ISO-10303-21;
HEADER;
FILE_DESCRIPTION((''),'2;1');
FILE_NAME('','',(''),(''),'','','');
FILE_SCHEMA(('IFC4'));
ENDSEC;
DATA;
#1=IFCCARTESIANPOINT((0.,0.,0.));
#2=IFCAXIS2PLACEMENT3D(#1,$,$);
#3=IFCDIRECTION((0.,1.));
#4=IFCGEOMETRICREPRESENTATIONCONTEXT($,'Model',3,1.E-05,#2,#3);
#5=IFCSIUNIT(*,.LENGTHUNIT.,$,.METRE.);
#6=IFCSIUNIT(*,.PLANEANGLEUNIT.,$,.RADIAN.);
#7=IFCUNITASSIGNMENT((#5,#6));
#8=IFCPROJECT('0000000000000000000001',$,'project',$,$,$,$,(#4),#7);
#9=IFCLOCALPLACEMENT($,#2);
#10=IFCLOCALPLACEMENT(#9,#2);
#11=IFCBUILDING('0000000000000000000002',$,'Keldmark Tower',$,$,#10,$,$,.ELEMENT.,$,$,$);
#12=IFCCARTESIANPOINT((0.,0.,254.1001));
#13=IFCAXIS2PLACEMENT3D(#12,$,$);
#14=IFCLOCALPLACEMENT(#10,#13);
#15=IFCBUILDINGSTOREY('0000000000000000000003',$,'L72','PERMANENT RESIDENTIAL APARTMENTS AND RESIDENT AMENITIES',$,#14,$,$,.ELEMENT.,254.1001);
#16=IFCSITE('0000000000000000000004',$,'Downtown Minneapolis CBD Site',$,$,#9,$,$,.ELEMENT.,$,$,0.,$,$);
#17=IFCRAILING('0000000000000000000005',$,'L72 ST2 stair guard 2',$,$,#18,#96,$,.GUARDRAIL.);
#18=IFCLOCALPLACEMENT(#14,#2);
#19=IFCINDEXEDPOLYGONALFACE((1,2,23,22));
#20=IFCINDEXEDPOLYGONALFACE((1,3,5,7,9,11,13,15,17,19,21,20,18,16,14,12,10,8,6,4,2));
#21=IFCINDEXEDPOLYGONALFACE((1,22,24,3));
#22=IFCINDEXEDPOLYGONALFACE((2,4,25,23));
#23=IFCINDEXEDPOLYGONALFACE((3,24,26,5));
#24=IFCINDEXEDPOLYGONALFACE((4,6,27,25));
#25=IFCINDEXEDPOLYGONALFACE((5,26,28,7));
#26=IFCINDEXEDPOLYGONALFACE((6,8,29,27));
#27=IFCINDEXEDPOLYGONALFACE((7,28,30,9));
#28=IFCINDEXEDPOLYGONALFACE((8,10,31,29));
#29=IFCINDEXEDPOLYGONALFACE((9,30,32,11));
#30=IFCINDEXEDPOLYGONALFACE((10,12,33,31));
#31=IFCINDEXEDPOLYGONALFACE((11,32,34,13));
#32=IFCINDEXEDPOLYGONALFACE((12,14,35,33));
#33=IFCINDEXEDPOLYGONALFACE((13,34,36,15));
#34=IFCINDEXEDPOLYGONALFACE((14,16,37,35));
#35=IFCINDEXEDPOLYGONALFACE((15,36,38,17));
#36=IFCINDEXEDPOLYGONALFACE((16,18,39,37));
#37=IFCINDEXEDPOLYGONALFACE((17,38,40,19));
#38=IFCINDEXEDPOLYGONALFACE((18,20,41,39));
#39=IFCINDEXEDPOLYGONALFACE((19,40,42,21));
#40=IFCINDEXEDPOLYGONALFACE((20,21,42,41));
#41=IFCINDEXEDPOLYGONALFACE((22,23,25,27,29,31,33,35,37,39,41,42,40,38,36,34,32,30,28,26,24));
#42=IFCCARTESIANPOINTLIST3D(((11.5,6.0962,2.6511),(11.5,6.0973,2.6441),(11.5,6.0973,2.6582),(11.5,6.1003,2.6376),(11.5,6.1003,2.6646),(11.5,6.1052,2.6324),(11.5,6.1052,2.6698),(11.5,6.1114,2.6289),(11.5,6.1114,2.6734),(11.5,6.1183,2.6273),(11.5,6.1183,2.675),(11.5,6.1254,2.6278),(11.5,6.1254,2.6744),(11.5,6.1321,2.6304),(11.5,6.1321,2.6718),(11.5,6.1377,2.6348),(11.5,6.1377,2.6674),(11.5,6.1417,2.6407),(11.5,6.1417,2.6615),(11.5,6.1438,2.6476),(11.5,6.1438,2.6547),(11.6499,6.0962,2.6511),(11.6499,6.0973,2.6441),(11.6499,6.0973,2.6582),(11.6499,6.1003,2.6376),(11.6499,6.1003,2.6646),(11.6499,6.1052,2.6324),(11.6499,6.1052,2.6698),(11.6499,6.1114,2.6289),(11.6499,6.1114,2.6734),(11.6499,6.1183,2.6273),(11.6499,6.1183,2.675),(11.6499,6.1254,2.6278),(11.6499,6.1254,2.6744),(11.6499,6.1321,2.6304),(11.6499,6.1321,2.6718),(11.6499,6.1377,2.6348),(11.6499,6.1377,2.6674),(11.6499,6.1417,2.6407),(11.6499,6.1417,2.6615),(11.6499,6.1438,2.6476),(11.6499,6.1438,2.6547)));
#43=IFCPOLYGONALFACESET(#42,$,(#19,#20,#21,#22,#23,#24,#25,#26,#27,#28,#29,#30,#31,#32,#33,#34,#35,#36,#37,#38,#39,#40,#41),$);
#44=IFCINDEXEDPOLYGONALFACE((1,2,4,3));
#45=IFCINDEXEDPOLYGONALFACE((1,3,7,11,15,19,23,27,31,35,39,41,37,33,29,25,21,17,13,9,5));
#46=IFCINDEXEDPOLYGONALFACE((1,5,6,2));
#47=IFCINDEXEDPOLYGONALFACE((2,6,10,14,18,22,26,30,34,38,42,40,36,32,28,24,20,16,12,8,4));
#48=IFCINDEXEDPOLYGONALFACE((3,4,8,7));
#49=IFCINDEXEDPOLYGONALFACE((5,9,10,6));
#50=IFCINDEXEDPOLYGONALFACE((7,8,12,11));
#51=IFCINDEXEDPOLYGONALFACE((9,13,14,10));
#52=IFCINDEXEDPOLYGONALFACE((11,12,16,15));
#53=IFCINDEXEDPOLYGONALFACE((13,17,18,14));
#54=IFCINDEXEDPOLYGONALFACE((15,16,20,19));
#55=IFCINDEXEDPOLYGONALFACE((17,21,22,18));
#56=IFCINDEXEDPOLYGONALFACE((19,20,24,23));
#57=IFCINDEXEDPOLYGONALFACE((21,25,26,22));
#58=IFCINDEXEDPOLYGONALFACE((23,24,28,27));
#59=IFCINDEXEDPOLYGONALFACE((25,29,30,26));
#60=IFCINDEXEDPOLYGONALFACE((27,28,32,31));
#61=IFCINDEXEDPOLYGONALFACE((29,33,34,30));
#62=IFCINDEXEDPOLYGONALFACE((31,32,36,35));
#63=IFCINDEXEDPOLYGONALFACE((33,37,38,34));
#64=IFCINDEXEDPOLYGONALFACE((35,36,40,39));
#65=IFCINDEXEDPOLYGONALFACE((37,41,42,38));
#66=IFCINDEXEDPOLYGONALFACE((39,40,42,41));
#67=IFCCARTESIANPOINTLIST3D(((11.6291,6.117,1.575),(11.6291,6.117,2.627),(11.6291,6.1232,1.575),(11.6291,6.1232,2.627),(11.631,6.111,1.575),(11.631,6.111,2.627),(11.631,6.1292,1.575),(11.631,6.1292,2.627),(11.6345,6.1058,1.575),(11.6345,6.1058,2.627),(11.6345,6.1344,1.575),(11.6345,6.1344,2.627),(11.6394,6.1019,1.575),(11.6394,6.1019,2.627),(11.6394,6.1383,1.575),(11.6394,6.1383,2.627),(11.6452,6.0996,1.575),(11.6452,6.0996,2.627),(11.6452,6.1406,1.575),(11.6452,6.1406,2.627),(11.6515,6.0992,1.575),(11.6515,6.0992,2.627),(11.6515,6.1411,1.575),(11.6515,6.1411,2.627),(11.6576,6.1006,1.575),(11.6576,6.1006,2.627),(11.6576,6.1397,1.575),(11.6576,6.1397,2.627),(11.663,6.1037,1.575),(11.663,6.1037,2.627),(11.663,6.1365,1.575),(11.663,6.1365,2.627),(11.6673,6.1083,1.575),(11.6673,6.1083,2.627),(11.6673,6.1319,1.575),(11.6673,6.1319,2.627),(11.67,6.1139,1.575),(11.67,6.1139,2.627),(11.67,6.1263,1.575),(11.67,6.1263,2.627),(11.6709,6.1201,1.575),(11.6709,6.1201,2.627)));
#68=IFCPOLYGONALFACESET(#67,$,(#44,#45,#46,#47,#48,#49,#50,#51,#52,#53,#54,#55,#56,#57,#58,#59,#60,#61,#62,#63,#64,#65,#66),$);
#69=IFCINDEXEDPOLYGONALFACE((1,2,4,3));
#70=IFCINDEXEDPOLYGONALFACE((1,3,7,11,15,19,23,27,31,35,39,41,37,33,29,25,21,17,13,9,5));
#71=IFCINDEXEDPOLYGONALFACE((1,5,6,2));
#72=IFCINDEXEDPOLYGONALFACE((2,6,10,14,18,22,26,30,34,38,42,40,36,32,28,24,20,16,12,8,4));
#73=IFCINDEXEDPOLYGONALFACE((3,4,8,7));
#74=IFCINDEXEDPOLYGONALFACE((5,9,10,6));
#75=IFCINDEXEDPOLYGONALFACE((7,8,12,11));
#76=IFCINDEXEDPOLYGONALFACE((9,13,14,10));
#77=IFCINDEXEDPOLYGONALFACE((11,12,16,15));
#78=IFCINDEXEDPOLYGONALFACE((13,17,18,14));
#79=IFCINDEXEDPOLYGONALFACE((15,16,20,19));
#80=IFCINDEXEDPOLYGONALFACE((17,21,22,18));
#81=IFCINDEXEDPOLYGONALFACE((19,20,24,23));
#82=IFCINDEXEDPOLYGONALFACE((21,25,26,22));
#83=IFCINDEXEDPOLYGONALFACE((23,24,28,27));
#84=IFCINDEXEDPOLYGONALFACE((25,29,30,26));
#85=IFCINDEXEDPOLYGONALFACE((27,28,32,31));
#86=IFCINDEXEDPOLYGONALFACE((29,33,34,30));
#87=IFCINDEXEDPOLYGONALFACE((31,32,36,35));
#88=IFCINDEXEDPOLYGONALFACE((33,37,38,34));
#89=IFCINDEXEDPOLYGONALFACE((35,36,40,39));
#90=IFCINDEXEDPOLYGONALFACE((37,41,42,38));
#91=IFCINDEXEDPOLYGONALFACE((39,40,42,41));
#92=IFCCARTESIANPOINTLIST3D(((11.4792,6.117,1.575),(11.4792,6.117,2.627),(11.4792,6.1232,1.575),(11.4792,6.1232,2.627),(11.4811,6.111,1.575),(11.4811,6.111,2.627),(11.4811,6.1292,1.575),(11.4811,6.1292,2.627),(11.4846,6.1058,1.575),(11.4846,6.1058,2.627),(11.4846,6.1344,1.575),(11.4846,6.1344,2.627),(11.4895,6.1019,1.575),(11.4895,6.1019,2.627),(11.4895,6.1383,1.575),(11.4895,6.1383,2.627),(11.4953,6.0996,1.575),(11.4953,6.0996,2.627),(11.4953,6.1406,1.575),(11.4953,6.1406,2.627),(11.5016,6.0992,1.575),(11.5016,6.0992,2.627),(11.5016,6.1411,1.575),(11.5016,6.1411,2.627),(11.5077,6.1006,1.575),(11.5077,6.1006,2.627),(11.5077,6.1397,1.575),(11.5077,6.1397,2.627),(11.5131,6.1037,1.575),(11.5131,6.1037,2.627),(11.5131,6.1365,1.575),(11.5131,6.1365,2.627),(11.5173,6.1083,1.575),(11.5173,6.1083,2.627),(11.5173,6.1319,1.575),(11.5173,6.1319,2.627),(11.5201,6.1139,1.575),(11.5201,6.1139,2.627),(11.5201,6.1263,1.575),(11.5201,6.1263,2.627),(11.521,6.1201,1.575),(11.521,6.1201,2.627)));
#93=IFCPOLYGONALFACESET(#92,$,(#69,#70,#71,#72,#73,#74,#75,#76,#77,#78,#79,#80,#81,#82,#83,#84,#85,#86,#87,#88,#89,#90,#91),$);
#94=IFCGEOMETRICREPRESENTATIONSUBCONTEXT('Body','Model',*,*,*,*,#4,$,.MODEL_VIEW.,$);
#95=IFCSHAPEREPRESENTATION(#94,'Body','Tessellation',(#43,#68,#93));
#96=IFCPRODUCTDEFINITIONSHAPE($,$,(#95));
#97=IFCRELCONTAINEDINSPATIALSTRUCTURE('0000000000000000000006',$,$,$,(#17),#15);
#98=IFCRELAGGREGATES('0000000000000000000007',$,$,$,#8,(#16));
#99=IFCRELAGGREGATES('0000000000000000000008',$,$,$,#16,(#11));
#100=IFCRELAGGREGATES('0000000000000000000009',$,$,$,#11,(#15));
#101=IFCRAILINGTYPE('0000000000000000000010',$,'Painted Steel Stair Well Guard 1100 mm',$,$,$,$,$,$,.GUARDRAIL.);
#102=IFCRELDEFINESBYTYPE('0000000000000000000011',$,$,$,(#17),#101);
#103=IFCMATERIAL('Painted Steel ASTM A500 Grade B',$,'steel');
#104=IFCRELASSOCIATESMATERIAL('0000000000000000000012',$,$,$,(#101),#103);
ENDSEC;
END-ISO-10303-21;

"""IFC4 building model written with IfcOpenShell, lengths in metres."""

from ifc_helpers import new_model, si_unit, direction, frame, origin, origin_2d, place, context, subcontext, project, spatial, circle, extrude, material, type_object, element, save


model = new_model("IFC4")

# Units and contexts
model_context = context("Model", 3, precision=1e-05, world=origin(), true_north=direction((0.0, 1.0)))
body_context = subcontext(model_context, "Body", "Model", "MODEL_VIEW")
ifc_project = project(units=[si_unit("LENGTHUNIT", "METRE"), si_unit("PLANEANGLEUNIT", "RADIAN")], contexts=[model_context])

# Site, building, storey
site_placement = place(None, origin())
site = spatial("IfcSite", under=ifc_project, at=site_placement, Name="Downtown Minneapolis CBD Site", CompositionType="ELEMENT", RefElevation=0.0)
building_placement = place(site_placement, origin())
building = spatial("IfcBuilding", under=site, at=building_placement, Name="Keldmark Tower", CompositionType="ELEMENT")
storey_placement = place(building_placement, frame((0.0, 0.0, 254.1001)))
storey = spatial("IfcBuildingStorey", under=building, at=storey_placement, Name="L72", Description="PERMANENT RESIDENTIAL APARTMENTS AND RESIDENT AMENITIES", CompositionType="ELEMENT", Elevation=254.1001)

# Railing
ifc_material_1 = material(Name="Painted Steel ASTM A500 Grade B", Category="steel")
railing_type_1 = type_object("IfcRailingType", Name="Painted Steel Stair Well Guard 1100 mm", PredefinedType="GUARDRAIL", material=ifc_material_1)
railing_1_placement = place(storey_placement, frame((11.6499, 6.1201, 1.575)))
element("IfcRailing", 1, at=railing_1_placement, inside=storey, type_object=railing_type_1, Name="L72 ST2 stair guard 2", PredefinedType="GUARDRAIL", context=body_context, shape_type="SweptSolid", body=[
    extrude(circle(Radius=0.0239, at=origin_2d()), frame((0.0, 0.0, 1.0762), z_axis=(-1.0, 0.0, 0.0), x_axis=(0.0, -1.0, 0.0)), (0.0, 0.0, 1.0), 0.1499),
    extrude(circle(Radius=0.021, at=origin_2d()), origin(), (0.0, 0.0, 1.0), 1.052),
    extrude(circle(Radius=0.021, at=origin_2d()), frame((-0.1499, 0.0, 0.0)), (0.0, 0.0, 1.0), 1.052),
])

save(model, "model.ifc")
